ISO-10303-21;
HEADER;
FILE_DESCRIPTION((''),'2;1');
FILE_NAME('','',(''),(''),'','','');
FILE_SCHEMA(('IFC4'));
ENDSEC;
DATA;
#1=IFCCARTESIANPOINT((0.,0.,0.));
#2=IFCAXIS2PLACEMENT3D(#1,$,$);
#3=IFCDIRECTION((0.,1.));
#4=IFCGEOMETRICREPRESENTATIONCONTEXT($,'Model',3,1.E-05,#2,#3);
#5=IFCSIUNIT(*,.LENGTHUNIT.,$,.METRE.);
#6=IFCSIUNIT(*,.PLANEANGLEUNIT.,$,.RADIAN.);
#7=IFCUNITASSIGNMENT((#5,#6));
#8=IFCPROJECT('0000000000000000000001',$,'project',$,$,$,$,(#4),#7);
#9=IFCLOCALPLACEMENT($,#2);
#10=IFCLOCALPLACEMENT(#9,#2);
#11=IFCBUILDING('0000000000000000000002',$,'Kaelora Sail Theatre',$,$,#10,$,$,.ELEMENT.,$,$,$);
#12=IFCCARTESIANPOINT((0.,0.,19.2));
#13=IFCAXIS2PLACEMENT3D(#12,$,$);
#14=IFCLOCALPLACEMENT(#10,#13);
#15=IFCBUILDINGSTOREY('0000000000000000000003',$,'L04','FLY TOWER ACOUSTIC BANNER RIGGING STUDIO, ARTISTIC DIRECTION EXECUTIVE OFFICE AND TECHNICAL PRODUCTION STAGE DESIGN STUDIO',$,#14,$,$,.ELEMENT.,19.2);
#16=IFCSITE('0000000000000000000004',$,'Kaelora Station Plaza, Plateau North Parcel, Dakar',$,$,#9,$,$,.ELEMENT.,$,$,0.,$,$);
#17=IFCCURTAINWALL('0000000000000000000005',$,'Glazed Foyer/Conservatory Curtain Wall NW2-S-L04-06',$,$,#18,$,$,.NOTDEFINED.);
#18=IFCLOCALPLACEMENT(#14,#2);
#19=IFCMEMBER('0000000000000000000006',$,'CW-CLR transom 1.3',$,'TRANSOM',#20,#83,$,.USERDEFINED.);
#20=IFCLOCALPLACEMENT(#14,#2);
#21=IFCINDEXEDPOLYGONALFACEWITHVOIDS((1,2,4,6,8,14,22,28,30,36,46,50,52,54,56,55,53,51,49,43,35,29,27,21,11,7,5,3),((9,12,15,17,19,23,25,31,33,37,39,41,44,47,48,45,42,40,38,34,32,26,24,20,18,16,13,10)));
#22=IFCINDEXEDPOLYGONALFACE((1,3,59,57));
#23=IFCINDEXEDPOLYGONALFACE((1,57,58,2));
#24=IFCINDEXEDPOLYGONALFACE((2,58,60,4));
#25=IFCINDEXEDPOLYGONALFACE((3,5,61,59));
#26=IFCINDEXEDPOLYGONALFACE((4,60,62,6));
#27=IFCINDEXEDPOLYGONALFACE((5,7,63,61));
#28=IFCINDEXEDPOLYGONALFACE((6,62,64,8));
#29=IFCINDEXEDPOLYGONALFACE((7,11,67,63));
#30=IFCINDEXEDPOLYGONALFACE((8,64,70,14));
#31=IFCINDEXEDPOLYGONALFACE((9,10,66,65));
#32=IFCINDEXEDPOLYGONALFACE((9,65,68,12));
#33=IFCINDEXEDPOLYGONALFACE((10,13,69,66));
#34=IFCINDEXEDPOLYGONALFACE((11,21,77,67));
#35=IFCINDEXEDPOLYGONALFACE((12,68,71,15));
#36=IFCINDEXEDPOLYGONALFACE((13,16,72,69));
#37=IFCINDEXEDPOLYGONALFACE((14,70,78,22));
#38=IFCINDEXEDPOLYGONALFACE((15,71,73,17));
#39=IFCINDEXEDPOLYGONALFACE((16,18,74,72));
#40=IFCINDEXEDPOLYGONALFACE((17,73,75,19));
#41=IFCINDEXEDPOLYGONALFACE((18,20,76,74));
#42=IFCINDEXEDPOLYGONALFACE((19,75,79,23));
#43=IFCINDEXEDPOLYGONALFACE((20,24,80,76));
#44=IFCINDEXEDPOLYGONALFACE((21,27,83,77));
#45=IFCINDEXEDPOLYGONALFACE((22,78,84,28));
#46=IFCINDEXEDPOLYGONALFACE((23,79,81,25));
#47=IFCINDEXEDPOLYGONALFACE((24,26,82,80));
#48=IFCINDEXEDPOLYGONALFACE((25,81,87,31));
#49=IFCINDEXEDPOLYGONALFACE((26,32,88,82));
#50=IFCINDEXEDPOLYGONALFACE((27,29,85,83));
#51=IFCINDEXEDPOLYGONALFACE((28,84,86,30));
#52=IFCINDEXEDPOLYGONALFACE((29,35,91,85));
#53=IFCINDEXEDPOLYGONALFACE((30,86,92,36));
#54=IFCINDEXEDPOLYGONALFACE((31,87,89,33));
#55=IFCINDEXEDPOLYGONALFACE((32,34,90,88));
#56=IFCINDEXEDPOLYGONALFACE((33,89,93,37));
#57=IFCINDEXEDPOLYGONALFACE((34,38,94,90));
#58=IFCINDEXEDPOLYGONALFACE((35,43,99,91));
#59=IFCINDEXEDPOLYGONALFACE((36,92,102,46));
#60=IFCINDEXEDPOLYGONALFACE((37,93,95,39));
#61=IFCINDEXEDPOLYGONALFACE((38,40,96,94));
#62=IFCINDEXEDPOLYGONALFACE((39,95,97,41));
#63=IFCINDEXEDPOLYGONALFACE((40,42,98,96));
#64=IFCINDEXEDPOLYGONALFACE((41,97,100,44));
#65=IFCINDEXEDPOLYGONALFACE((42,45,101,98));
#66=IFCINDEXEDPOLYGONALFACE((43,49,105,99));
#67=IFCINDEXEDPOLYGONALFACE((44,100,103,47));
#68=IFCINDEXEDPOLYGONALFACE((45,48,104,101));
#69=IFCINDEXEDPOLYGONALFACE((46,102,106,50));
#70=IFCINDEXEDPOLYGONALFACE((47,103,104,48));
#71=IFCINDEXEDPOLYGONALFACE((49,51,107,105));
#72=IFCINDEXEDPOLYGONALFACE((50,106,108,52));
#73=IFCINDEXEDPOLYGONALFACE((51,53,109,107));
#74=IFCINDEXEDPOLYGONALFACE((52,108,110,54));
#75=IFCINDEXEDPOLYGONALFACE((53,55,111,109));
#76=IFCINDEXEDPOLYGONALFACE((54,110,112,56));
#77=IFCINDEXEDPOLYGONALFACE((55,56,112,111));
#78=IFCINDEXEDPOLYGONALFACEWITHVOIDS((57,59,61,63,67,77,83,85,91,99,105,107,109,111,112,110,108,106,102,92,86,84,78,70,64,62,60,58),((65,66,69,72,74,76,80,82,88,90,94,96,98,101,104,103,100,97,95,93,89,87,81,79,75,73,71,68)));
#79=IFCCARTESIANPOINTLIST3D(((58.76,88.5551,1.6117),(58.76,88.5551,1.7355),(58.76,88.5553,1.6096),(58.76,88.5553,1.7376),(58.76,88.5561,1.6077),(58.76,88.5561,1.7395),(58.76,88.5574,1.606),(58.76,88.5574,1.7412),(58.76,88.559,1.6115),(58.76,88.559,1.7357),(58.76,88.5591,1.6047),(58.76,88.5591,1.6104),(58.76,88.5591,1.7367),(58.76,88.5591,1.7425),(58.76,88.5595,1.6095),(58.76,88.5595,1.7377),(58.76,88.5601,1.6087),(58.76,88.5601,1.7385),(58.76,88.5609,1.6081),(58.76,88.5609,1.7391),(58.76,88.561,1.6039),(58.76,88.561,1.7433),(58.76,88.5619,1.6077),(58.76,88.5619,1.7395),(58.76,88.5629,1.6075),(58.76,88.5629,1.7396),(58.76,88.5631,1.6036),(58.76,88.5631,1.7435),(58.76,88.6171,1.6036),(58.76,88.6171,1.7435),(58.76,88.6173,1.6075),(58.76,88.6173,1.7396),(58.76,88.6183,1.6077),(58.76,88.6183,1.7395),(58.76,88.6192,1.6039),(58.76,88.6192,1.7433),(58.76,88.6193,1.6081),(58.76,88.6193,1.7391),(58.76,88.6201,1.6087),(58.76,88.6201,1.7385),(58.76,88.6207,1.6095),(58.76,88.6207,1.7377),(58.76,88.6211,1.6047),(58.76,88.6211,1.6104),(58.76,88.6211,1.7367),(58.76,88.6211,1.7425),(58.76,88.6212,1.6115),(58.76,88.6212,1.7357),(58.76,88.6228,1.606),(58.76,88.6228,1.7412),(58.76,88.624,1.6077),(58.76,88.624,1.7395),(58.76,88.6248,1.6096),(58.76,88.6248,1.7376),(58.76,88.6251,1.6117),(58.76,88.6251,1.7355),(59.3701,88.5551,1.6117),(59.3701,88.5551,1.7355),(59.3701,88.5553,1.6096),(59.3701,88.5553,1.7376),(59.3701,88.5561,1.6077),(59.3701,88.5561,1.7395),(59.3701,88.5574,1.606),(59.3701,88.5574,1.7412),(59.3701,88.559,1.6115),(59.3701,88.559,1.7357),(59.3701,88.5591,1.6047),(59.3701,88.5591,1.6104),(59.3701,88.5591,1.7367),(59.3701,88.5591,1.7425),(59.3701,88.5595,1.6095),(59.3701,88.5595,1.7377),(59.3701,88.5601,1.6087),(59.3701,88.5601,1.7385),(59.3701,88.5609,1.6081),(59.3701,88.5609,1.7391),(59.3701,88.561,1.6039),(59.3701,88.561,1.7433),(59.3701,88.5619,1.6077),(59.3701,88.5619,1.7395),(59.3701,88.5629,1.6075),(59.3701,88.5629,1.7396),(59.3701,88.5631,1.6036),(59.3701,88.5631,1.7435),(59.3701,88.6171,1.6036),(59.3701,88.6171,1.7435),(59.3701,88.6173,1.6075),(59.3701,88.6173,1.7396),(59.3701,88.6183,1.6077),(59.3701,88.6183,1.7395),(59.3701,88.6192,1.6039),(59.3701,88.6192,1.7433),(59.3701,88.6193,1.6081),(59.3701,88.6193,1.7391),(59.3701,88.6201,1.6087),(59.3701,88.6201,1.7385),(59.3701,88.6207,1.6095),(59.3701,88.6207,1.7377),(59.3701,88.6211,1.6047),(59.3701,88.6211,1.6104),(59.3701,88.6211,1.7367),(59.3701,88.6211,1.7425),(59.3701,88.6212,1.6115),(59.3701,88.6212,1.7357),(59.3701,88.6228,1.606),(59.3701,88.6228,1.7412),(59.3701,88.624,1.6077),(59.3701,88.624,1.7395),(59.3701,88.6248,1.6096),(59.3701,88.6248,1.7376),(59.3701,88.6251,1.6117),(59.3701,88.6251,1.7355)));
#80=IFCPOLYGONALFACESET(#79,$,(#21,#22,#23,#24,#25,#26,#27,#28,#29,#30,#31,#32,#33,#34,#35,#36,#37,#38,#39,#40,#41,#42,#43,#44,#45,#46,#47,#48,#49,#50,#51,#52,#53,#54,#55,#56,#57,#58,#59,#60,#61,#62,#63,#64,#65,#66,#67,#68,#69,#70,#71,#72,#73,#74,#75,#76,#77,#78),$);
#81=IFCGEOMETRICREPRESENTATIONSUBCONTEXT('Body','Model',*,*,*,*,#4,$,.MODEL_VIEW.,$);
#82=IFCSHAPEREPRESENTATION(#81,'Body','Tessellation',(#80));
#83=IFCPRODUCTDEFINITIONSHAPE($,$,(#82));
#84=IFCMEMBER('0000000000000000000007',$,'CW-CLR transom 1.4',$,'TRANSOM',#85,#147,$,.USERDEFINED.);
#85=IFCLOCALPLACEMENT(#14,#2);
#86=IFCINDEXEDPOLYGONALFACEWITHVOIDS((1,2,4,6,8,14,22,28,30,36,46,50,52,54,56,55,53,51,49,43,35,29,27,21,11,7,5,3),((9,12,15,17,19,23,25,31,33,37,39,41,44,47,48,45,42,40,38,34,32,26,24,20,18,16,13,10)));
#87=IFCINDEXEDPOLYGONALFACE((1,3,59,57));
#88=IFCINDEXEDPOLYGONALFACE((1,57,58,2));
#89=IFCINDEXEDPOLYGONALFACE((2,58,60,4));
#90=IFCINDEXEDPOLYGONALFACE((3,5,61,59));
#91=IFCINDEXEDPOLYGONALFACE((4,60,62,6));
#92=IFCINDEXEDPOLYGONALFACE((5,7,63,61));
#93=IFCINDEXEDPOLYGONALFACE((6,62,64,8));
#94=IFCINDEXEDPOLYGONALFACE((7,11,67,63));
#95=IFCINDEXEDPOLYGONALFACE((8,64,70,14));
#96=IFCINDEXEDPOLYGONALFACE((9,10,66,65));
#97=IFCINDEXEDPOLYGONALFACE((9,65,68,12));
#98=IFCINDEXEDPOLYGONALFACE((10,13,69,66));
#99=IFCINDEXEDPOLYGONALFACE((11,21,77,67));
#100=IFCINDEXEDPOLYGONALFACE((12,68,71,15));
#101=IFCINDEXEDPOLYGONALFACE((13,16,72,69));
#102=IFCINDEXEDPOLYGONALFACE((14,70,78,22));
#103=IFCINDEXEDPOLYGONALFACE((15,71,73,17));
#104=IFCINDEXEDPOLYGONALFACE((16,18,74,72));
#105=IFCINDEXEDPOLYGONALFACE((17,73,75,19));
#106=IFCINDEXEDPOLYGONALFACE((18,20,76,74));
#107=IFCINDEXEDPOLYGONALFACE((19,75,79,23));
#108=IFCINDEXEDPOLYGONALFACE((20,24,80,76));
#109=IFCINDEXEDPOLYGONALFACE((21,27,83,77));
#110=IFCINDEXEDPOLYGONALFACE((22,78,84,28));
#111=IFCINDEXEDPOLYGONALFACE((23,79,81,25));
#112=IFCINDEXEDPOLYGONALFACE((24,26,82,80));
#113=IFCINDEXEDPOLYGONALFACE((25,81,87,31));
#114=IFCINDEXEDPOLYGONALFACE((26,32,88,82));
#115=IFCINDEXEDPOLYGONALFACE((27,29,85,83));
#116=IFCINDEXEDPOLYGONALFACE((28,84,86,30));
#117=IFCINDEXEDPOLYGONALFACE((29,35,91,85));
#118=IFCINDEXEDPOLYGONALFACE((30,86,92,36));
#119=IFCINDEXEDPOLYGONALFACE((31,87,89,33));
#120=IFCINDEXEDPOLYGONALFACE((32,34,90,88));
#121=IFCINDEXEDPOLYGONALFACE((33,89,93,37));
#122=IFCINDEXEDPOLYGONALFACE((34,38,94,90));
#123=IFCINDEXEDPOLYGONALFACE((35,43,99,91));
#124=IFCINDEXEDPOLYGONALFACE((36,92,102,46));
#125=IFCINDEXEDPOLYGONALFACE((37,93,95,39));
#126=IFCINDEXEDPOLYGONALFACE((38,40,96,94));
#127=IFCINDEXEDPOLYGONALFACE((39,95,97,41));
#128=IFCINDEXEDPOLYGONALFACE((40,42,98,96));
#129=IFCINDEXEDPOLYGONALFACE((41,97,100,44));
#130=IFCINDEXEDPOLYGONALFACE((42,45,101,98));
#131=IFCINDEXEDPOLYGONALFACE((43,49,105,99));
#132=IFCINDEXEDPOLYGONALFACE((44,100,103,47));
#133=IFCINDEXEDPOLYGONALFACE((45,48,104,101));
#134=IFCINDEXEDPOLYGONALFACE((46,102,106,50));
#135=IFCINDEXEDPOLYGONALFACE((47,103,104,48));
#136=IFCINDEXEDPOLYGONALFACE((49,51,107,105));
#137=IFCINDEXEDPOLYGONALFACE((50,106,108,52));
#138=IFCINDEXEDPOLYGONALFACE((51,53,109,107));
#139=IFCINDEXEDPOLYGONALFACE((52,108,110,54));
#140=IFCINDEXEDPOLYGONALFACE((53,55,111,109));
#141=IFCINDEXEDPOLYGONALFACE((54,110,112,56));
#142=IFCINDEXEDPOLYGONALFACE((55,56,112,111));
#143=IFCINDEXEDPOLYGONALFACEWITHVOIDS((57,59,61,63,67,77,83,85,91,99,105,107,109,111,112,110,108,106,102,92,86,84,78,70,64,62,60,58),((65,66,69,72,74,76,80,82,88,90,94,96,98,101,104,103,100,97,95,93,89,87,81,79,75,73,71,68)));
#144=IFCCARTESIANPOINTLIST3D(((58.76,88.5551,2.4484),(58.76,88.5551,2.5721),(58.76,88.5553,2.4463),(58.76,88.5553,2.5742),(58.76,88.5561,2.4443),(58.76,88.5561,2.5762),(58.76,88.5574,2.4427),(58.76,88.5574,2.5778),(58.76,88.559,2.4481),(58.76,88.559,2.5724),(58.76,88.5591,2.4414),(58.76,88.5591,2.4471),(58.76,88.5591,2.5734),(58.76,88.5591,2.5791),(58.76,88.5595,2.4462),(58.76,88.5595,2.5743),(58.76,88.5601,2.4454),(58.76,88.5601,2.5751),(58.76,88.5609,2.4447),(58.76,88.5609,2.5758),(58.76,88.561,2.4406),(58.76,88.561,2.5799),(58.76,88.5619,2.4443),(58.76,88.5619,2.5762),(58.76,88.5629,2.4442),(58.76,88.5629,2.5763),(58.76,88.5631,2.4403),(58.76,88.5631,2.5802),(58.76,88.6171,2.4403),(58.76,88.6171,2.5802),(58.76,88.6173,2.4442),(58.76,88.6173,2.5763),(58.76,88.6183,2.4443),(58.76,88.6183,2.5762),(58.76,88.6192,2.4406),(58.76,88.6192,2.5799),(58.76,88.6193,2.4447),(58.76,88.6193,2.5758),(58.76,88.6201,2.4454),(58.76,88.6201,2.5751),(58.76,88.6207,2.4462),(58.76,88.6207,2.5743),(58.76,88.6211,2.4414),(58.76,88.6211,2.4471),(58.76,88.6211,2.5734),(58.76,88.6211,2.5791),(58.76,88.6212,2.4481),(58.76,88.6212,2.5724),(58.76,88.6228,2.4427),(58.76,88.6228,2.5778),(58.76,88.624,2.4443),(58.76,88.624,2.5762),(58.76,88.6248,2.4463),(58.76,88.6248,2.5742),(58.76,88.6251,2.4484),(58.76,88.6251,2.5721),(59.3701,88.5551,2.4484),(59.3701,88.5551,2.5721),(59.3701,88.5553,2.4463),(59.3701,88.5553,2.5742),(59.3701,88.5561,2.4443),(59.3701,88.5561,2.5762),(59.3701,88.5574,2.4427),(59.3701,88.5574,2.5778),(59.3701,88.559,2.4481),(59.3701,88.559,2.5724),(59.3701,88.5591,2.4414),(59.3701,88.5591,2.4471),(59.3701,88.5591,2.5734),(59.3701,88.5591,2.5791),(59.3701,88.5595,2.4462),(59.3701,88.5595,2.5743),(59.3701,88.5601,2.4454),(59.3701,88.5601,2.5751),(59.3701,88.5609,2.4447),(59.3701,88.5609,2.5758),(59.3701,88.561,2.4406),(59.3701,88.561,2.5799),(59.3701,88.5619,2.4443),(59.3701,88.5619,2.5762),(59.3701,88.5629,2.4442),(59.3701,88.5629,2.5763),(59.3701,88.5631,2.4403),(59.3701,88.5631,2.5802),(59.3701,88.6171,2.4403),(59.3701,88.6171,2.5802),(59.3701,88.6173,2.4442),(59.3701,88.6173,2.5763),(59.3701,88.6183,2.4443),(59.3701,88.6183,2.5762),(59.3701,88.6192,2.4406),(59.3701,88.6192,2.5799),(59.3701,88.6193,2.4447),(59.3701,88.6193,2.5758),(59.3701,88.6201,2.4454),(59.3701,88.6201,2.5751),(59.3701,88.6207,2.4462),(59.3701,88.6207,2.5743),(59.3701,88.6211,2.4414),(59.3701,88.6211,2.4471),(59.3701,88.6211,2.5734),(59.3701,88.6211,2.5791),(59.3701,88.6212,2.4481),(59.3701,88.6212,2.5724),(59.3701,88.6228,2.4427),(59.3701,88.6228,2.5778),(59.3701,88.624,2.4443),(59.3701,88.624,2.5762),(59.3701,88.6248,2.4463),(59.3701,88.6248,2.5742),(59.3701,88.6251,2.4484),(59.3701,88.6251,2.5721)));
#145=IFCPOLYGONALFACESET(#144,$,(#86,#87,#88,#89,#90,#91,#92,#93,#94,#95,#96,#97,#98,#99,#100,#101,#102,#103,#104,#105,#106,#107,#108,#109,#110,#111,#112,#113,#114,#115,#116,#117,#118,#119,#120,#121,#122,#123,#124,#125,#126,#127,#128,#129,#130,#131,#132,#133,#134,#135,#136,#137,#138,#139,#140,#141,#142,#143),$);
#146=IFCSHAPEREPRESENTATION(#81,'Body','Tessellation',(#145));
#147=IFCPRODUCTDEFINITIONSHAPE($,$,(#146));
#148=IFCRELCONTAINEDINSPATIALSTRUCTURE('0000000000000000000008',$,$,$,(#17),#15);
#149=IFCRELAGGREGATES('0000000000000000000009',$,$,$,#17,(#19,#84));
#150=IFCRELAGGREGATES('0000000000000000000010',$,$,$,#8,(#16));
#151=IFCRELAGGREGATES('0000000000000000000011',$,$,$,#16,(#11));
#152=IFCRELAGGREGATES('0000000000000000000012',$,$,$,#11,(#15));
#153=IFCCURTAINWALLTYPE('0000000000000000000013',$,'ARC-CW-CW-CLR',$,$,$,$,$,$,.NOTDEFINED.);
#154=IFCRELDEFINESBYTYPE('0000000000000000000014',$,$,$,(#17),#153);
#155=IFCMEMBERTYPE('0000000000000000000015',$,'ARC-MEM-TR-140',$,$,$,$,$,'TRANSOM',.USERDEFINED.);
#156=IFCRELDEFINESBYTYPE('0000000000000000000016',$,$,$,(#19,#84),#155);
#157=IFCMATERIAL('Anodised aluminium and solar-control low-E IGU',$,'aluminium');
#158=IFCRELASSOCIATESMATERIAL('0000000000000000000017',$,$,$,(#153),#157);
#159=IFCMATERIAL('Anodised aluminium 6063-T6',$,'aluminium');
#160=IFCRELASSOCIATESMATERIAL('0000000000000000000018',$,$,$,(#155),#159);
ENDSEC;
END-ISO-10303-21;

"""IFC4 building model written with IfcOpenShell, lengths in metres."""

from ifc_helpers import new_model, si_unit, direction, frame, origin, origin_2d, place, context, subcontext, project, spatial, hollow_rectangle, extrude, material, material_profile, profile_set, type_object, element, aggregate, save


model = new_model("IFC4")

# Units and contexts
model_context = context("Model", 3, precision=1e-05, world=origin(), true_north=direction((0.0, 1.0)))
body_context = subcontext(model_context, "Body", "Model", "MODEL_VIEW")
ifc_project = project(units=[si_unit("LENGTHUNIT", "METRE"), si_unit("PLANEANGLEUNIT", "RADIAN")], contexts=[model_context])

# Site, building, storey
site_placement = place(None, origin())
site = spatial("IfcSite", under=ifc_project, at=site_placement, Name="Kaelora Station Plaza, Plateau North Parcel, Dakar", CompositionType="ELEMENT", RefElevation=0.0)
building_placement = place(site_placement, origin())
building = spatial("IfcBuilding", under=site, at=building_placement, Name="Kaelora Sail Theatre", CompositionType="ELEMENT")
storey_placement = place(building_placement, frame((0.0, 0.0, 19.2)))
storey = spatial("IfcBuildingStorey", under=building, at=storey_placement, Name="L04", Description="FLY TOWER ACOUSTIC BANNER RIGGING STUDIO, ARTISTIC DIRECTION EXECUTIVE OFFICE AND TECHNICAL PRODUCTION STAGE DESIGN STUDIO", CompositionType="ELEMENT", Elevation=19.2)

# Shared definitions
ifc_material_1 = material(Name="Anodised aluminium and solar-control low-E IGU", Category="aluminium")
curtain_wall_type = type_object("IfcCurtainWallType", Name="ARC-CW-CW-CLR", PredefinedType="NOTDEFINED", material=ifc_material_1)

# Curtain wall
curtain_wall_1_placement = place(storey_placement, origin())
curtain_wall_1 = element("IfcCurtainWall", 1, at=curtain_wall_1_placement, inside=storey, type_object=curtain_wall_type, Name="Glazed Foyer/Conservatory Curtain Wall NW2-S-L04-06", PredefinedType="NOTDEFINED")

# Members
ifc_material_2 = material(Name="Anodised aluminium 6063-T6", Category="aluminium")
ifc_material_profile_1 = material_profile(ifc_material_2, hollow_rectangle(XDim=0.0701, YDim=0.1399, WallThickness=0.0039, InnerFilletRadius=0.0039, OuterFilletRadius=0.0081, at=origin_2d()), Name="ALU-TRAN 70x140x4")
ifc_profile_set_1 = profile_set([ifc_material_profile_1], Name="Anodised aluminium 6063-T6")
member_type_1 = type_object("IfcMemberType", Name="ARC-MEM-TR-140", ElementType="TRANSOM", PredefinedType="USERDEFINED", material=ifc_profile_set_1)
member_1_placement = place(storey_placement, frame((58.76, 88.5901, 1.6736), z_axis=(1.0, 0.0, 0.0), x_axis=(0.0, 1.0, 0.0)))
member_1 = element("IfcMember", 2, at=member_1_placement, type_object=member_type_1, Name="CW-CLR transom 1.3", ObjectType="TRANSOM", PredefinedType="USERDEFINED", context=body_context, shape_type="SweptSolid", body=[
    extrude(hollow_rectangle(XDim=0.0701, YDim=0.1399, WallThickness=0.0039, InnerFilletRadius=0.0039, OuterFilletRadius=0.0081, at=origin_2d()), origin(), (0.0, 0.0, 1.0), 0.6101),
])
member_2_placement = place(storey_placement, frame((58.76, 88.5901, 2.5103), z_axis=(1.0, 0.0, 0.0), x_axis=(0.0, 1.0, 0.0)))
member_2 = element("IfcMember", 3, at=member_2_placement, type_object=member_type_1, Name="CW-CLR transom 1.4", ObjectType="TRANSOM", PredefinedType="USERDEFINED", context=body_context, shape_type="SweptSolid", body=[
    extrude(hollow_rectangle(XDim=0.0701, YDim=0.1399, WallThickness=0.0039, InnerFilletRadius=0.0039, OuterFilletRadius=0.0081, at=origin_2d()), origin(), (0.0, 0.0, 1.0), 0.6101),
])

aggregate(curtain_wall_1, [member_1, member_2])

save(model, "model.ifc")
